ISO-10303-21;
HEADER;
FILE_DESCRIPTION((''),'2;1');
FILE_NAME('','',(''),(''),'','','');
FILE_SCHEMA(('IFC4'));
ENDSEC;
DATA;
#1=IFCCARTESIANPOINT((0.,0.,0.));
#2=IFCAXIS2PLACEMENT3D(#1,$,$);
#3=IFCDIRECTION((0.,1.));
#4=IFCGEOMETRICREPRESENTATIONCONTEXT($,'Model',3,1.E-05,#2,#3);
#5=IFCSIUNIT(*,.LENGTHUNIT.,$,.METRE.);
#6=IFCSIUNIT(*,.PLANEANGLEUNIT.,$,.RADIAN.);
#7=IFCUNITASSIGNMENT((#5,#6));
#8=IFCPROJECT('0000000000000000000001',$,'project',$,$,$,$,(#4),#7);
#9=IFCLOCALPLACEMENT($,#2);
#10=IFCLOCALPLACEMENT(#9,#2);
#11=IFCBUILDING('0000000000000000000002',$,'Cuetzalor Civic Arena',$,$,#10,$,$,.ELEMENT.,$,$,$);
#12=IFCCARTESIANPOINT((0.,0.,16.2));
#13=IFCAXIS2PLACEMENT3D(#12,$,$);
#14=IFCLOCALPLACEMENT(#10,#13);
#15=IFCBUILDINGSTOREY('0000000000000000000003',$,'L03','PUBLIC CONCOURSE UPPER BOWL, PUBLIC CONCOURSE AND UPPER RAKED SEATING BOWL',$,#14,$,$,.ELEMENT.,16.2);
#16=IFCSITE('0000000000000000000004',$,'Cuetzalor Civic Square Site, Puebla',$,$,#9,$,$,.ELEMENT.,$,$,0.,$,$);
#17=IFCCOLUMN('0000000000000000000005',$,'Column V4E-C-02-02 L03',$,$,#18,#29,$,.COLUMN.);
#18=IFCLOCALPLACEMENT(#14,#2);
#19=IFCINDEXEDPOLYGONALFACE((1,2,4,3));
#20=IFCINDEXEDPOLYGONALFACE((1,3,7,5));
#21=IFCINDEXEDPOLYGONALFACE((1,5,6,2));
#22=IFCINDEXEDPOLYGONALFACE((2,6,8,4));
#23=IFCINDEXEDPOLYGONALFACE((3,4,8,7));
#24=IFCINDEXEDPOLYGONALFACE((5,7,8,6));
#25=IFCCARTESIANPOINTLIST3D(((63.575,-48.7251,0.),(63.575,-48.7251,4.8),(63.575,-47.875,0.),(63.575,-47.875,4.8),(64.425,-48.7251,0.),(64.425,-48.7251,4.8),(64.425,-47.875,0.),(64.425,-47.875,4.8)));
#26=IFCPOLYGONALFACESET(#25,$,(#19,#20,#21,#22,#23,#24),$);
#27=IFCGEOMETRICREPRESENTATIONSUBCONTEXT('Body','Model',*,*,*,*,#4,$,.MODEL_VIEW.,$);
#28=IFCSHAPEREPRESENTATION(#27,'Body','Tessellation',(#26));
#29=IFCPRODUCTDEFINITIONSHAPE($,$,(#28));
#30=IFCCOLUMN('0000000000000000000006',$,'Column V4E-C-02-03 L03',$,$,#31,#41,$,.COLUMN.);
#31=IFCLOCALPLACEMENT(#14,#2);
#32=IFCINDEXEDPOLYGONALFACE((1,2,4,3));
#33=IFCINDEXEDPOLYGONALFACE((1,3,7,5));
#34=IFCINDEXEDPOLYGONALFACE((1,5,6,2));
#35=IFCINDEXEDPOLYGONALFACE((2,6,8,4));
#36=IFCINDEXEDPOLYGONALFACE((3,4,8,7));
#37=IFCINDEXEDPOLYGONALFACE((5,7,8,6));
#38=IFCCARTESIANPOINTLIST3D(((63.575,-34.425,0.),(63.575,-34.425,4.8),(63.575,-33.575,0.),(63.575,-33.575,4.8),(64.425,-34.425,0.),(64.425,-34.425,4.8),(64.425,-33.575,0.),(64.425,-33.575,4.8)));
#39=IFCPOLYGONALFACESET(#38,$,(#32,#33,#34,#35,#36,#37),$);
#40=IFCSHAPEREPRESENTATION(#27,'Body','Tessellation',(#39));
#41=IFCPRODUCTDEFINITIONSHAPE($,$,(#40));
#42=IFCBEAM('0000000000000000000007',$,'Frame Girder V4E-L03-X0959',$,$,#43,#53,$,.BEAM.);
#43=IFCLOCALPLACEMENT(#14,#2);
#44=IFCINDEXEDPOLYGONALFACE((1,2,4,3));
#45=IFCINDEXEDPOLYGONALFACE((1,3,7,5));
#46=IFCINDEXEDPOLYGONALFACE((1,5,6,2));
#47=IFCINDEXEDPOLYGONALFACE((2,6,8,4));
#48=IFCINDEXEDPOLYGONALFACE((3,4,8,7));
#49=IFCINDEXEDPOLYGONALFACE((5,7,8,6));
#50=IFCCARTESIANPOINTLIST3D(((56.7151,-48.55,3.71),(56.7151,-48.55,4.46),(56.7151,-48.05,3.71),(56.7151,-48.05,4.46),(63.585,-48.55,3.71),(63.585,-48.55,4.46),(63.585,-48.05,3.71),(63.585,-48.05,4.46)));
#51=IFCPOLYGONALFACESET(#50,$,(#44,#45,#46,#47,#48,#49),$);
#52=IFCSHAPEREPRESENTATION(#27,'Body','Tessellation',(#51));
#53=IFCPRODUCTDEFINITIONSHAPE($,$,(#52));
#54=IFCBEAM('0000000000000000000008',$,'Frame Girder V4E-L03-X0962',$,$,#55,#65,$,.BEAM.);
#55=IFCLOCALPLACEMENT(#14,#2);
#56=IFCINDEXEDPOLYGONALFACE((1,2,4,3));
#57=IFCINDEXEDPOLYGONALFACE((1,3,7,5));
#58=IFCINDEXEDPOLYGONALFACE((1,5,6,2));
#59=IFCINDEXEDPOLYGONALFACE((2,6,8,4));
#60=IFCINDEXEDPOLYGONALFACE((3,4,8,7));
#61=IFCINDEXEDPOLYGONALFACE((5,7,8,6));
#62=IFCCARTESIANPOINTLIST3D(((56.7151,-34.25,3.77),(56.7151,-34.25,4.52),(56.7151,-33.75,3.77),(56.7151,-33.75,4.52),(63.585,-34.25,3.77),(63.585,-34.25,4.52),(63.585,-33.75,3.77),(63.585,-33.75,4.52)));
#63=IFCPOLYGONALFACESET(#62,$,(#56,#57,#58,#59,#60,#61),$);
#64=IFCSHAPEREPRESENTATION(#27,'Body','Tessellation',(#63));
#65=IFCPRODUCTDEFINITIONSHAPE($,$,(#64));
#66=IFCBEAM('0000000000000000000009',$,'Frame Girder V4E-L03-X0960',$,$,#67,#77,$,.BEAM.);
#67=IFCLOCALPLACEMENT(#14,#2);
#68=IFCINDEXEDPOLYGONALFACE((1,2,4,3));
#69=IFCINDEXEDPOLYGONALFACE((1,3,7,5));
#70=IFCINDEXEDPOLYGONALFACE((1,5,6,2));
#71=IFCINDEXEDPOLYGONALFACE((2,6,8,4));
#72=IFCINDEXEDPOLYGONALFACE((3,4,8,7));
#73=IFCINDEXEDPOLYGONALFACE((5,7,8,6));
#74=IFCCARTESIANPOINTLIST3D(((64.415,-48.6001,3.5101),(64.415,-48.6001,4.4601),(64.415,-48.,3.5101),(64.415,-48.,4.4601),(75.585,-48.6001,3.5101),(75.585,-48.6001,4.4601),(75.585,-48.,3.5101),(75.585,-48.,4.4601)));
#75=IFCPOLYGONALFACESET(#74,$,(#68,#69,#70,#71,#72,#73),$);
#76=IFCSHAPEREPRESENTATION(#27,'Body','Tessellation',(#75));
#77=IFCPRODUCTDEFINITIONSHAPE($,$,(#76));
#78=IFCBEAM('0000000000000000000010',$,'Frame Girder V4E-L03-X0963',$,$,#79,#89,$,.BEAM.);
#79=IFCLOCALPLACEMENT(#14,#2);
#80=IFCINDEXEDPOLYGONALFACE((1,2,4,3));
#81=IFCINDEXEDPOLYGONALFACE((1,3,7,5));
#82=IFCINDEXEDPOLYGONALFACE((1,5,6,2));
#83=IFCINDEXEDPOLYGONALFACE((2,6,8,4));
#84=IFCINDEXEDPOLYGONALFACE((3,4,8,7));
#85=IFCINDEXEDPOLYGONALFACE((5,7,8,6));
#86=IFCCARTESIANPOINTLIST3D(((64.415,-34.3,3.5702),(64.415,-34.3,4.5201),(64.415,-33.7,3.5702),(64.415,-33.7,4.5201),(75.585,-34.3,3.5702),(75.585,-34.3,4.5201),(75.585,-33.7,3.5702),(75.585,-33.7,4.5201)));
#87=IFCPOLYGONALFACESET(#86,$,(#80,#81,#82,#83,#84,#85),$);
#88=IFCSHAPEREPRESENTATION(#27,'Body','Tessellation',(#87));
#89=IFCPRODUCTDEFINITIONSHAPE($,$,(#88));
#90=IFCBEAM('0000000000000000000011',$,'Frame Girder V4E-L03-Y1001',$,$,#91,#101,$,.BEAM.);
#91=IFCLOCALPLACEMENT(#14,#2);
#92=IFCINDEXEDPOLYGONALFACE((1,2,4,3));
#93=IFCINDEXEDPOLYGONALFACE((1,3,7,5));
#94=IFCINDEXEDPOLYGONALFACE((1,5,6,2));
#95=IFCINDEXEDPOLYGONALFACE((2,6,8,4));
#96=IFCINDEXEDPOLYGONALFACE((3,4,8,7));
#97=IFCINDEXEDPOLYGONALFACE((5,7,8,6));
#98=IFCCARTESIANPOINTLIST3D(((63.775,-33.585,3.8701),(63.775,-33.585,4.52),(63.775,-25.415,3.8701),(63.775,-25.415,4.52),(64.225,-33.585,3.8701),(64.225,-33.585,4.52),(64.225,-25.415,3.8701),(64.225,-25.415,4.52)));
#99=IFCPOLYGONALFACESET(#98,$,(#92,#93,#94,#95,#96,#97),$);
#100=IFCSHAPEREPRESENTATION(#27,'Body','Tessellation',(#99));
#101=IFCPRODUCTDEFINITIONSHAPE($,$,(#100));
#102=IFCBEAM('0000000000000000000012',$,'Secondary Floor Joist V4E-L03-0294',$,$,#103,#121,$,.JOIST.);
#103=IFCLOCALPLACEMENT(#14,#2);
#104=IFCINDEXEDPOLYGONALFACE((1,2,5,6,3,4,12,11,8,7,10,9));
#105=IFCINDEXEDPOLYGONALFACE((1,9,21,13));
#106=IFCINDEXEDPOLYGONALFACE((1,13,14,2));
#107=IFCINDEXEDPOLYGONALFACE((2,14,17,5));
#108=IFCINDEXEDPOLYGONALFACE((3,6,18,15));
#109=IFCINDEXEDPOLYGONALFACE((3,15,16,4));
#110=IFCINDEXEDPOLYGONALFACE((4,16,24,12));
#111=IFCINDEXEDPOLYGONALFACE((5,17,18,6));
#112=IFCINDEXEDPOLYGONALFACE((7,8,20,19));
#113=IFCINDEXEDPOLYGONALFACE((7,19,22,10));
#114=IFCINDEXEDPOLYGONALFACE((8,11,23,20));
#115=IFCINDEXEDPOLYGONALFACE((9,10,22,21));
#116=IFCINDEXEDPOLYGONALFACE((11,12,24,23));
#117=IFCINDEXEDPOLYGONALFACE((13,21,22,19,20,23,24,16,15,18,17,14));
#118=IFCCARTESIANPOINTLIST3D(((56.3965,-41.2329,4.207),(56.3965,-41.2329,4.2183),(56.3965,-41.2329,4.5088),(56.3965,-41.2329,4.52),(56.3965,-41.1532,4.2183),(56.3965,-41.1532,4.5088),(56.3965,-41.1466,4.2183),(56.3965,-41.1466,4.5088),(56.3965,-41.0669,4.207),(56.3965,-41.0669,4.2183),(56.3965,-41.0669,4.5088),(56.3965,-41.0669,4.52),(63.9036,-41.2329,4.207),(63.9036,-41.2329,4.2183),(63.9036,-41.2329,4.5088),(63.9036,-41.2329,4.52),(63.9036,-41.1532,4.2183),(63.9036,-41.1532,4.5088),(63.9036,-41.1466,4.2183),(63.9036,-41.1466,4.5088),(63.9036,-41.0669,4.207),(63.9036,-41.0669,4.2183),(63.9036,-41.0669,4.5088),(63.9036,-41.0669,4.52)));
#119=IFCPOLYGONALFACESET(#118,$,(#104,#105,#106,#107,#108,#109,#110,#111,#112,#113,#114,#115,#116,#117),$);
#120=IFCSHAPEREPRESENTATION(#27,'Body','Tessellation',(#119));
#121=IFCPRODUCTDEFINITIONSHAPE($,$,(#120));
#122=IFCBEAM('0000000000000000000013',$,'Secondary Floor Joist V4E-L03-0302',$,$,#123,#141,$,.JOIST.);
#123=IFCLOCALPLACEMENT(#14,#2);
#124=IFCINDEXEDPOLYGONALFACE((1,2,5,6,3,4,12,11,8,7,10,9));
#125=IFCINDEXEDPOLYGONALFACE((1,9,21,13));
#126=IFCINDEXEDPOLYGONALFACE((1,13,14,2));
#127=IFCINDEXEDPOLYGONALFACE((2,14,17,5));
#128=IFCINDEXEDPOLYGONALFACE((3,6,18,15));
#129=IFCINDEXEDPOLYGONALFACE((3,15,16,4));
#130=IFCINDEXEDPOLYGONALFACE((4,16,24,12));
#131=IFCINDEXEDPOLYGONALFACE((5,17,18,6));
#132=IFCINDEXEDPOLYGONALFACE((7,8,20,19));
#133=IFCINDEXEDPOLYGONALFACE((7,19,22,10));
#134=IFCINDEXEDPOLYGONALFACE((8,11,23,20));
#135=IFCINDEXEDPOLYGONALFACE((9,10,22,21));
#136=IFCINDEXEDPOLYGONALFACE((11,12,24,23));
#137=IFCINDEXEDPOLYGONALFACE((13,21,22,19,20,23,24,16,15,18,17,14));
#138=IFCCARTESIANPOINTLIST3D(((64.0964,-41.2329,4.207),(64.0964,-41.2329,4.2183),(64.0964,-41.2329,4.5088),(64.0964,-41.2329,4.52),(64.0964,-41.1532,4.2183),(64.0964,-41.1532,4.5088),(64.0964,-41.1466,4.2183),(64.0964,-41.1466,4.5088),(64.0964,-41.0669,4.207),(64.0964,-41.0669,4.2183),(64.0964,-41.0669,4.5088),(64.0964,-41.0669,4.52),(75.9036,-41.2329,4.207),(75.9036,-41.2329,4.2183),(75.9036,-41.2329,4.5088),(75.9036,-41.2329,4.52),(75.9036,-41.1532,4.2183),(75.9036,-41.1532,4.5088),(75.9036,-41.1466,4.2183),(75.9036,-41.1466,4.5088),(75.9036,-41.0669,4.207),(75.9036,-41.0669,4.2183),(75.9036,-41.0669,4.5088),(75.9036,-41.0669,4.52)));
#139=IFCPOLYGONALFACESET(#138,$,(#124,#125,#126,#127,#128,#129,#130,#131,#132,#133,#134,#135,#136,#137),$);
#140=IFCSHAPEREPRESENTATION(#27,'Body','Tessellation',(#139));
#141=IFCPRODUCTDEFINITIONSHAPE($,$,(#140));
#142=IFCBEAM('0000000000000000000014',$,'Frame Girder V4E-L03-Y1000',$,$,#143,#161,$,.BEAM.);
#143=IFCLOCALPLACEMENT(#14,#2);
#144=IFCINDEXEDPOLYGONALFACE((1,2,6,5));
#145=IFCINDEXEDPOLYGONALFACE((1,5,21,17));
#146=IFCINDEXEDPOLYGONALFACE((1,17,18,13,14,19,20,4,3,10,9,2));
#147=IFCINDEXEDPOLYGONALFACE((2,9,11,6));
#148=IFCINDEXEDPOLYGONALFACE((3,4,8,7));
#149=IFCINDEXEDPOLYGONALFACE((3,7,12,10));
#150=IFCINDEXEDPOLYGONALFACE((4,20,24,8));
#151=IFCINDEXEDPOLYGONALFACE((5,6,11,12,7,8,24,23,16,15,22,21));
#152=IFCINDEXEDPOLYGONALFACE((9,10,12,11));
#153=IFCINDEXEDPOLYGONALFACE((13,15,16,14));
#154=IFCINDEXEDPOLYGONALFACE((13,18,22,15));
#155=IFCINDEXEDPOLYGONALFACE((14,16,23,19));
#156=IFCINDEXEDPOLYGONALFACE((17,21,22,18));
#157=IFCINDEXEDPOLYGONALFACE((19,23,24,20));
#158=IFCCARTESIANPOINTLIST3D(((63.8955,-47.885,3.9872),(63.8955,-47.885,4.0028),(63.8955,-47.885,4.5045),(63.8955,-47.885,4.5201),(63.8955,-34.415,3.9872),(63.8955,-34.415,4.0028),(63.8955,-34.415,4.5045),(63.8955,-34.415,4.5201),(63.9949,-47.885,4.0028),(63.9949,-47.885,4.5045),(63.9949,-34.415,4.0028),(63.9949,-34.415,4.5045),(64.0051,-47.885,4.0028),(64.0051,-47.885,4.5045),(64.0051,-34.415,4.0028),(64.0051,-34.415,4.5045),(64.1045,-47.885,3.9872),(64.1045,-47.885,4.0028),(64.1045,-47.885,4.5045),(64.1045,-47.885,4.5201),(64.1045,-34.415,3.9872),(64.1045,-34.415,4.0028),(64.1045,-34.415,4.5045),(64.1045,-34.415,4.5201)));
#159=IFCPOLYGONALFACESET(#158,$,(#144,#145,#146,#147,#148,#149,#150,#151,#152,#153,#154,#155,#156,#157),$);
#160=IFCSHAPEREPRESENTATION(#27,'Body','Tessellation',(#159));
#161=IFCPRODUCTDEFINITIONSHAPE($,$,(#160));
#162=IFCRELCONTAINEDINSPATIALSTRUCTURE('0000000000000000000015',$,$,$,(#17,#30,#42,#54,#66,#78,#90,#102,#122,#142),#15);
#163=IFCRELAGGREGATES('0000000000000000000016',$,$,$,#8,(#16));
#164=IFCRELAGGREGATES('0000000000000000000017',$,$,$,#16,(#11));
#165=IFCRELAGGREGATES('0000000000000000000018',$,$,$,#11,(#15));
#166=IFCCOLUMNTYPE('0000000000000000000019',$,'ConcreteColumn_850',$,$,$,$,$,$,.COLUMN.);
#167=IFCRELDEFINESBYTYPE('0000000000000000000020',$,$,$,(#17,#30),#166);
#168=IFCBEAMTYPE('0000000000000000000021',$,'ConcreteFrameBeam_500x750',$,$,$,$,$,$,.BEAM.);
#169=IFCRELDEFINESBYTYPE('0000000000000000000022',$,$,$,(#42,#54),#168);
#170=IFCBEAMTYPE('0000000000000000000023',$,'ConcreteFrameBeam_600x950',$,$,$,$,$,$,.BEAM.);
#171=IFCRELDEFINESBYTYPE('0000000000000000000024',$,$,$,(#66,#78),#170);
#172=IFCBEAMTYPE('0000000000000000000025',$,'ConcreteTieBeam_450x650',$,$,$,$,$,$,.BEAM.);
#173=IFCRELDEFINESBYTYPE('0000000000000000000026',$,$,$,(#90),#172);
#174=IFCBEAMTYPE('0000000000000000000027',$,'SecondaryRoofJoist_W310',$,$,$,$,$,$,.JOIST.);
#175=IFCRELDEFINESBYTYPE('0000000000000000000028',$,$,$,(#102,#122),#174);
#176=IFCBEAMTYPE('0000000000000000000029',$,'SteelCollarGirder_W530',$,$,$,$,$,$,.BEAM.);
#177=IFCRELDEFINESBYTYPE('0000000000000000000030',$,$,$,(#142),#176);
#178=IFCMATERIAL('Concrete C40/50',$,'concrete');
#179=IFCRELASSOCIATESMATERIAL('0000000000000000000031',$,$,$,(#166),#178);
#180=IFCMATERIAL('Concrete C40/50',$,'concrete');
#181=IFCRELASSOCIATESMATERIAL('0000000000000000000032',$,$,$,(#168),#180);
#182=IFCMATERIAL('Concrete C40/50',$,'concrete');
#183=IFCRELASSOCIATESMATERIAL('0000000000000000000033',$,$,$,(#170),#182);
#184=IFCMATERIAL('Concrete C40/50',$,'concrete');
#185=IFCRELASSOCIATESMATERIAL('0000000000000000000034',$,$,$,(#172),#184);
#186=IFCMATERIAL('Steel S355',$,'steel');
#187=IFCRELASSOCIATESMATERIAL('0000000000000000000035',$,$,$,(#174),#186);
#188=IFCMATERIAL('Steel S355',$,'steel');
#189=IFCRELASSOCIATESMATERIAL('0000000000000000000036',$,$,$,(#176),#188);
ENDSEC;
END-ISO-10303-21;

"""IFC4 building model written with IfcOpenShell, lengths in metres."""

from ifc_helpers import new_model, si_unit, direction, frame, origin, origin_2d, place, context, subcontext, project, spatial, rectangle, i_section, extrude, material, material_profile, profile_set, type_object, element, save


model = new_model("IFC4")

# Units and contexts
model_context = context("Model", 3, precision=1e-05, world=origin(), true_north=direction((0.0, 1.0)))
body_context = subcontext(model_context, "Body", "Model", "MODEL_VIEW")
ifc_project = project(units=[si_unit("LENGTHUNIT", "METRE"), si_unit("PLANEANGLEUNIT", "RADIAN")], contexts=[model_context])

# Site, building, storey
site_placement = place(None, origin())
site = spatial("IfcSite", under=ifc_project, at=site_placement, Name="Cuetzalor Civic Square Site, Puebla", CompositionType="ELEMENT", RefElevation=0.0)
building_placement = place(site_placement, origin())
building = spatial("IfcBuilding", under=site, at=building_placement, Name="Cuetzalor Civic Arena", CompositionType="ELEMENT")
storey_placement = place(building_placement, frame((0.0, 0.0, 16.2)))
storey = spatial("IfcBuildingStorey", under=building, at=storey_placement, Name="L03", Description="PUBLIC CONCOURSE UPPER BOWL, PUBLIC CONCOURSE AND UPPER RAKED SEATING BOWL", CompositionType="ELEMENT", Elevation=16.2)

# Columns
ifc_material_1 = material(Name="Concrete C40/50", Category="concrete")
ifc_material_profile_1 = material_profile(ifc_material_1, rectangle(XDim=0.8501, YDim=0.8501, at=origin_2d()), Name="RC 850x850")
ifc_profile_set_1 = profile_set([ifc_material_profile_1], Name="Concrete C40/50")
column_type = type_object("IfcColumnType", Name="ConcreteColumn_850", PredefinedType="COLUMN", material=ifc_profile_set_1)
for number, where, z_axis, x_axis, name in (
    (1, (64.0, -48.3, 0.0), (0.0, 0.0, 1.0), (1.0, 0.0, 0.0), "Column V4E-C-02-02 L03"),
    (2, (64.0, -34.0, 0.0), (0.0, 0.0, 1.0), (1.0, 0.0, 0.0), "Column V4E-C-02-03 L03"),
):
    element("IfcColumn", number, at=place(storey_placement, frame(where, z_axis=z_axis, x_axis=x_axis)), inside=storey, type_object=column_type, Name=name, PredefinedType="COLUMN", context=body_context, shape_type="SweptSolid", body=[
        extrude(rectangle(XDim=0.8501, YDim=0.8501, at=origin_2d()), origin(), (0.0, 0.0, 1.0), 4.8),
    ])

# Beams
ifc_material_2 = material(Name="Concrete C40/50", Category="concrete")
ifc_material_profile_2 = material_profile(ifc_material_2, rectangle(XDim=0.5, YDim=0.75, at=origin_2d()), Name="RC 500x750")
ifc_profile_set_2 = profile_set([ifc_material_profile_2], Name="Concrete C40/50")
beam_type_1 = type_object("IfcBeamType", Name="ConcreteFrameBeam_500x750", PredefinedType="BEAM", material=ifc_profile_set_2)
for number, where, z_axis, x_axis, name in (
    (3, (56.7151, -48.3, 4.085), (1.0, 0.0, 0.0), (0.0, 1.0, 0.0), "Frame Girder V4E-L03-X0959"),
    (4, (56.7151, -34.0, 4.145), (1.0, 0.0, 0.0), (0.0, 1.0, 0.0), "Frame Girder V4E-L03-X0962"),
):
    element("IfcBeam", number, at=place(storey_placement, frame(where, z_axis=z_axis, x_axis=x_axis)), inside=storey, type_object=beam_type_1, Name=name, PredefinedType="BEAM", context=body_context, shape_type="SweptSolid", body=[
        extrude(rectangle(XDim=0.5, YDim=0.75, at=origin_2d()), origin(), (0.0, 0.0, 1.0), 6.8699),
    ])
ifc_material_3 = material(Name="Concrete C40/50", Category="concrete")
ifc_material_profile_3 = material_profile(ifc_material_3, rectangle(XDim=0.6001, YDim=0.95, at=origin_2d()), Name="RC 600x950")
ifc_profile_set_3 = profile_set([ifc_material_profile_3], Name="Concrete C40/50")
beam_type_2 = type_object("IfcBeamType", Name="ConcreteFrameBeam_600x950", PredefinedType="BEAM", material=ifc_profile_set_3)
for number, where, z_axis, x_axis, name in (
    (5, (64.415, -48.3, 3.9851), (1.0, 0.0, 0.0), (0.0, 1.0, 0.0), "Frame Girder V4E-L03-X0960"),
    (6, (64.415, -34.0, 4.0452), (1.0, 0.0, 0.0), (0.0, 1.0, 0.0), "Frame Girder V4E-L03-X0963"),
):
    element("IfcBeam", number, at=place(storey_placement, frame(where, z_axis=z_axis, x_axis=x_axis)), inside=storey, type_object=beam_type_2, Name=name, PredefinedType="BEAM", context=body_context, shape_type="SweptSolid", body=[
        extrude(rectangle(XDim=0.6001, YDim=0.95, at=origin_2d()), origin(), (0.0, 0.0, 1.0), 11.1699),
    ])
ifc_material_4 = material(Name="Concrete C40/50", Category="concrete")
ifc_material_profile_4 = material_profile(ifc_material_4, rectangle(XDim=0.45, YDim=0.6499, at=origin_2d()), Name="RC 450x650")
ifc_profile_set_4 = profile_set([ifc_material_profile_4], Name="Concrete C40/50")
beam_type_3 = type_object("IfcBeamType", Name="ConcreteTieBeam_450x650", PredefinedType="BEAM", material=ifc_profile_set_4)
beam_1_placement = place(storey_placement, frame((64.0, -33.585, 4.1951), z_axis=(0.0, 1.0, 0.0), x_axis=(-1.0, 0.0, 0.0)))
element("IfcBeam", 7, at=beam_1_placement, inside=storey, type_object=beam_type_3, Name="Frame Girder V4E-L03-Y1001", PredefinedType="BEAM", context=body_context, shape_type="SweptSolid", body=[
    extrude(rectangle(XDim=0.45, YDim=0.6499, at=origin_2d()), origin(), (0.0, 0.0, 1.0), 8.1699),
])
ifc_material_5 = material(Name="Steel S355", Category="steel")
ifc_material_profile_5 = material_profile(ifc_material_5, i_section(OverallWidth=0.166, OverallDepth=0.313, WebThickness=0.0066, FlangeThickness=0.0112, at=origin_2d()), Name="W310x45")
ifc_profile_set_5 = profile_set([ifc_material_profile_5], Name="Steel S355")
beam_type_4 = type_object("IfcBeamType", Name="SecondaryRoofJoist_W310", PredefinedType="JOIST", material=ifc_profile_set_5)
beam_2_placement = place(storey_placement, frame((56.3965, -41.1499, 4.3635), z_axis=(1.0, 0.0, 0.0), x_axis=(0.0, 1.0, 0.0)))
element("IfcBeam", 8, at=beam_2_placement, inside=storey, type_object=beam_type_4, Name="Secondary Floor Joist V4E-L03-0294", PredefinedType="JOIST", context=body_context, shape_type="SweptSolid", body=[
    extrude(i_section(OverallWidth=0.166, OverallDepth=0.313, WebThickness=0.0066, FlangeThickness=0.0112, at=origin_2d()), origin(), (0.0, 0.0, 1.0), 7.5071),
])
beam_3_placement = place(storey_placement, frame((64.0964, -41.1499, 4.3635), z_axis=(1.0, 0.0, 0.0), x_axis=(0.0, 1.0, 0.0)))
element("IfcBeam", 9, at=beam_3_placement, inside=storey, type_object=beam_type_4, Name="Secondary Floor Joist V4E-L03-0302", PredefinedType="JOIST", context=body_context, shape_type="SweptSolid", body=[
    extrude(i_section(OverallWidth=0.166, OverallDepth=0.313, WebThickness=0.0066, FlangeThickness=0.0112, at=origin_2d()), origin(), (0.0, 0.0, 1.0), 11.8071),
])
ifc_material_6 = material(Name="Steel S355", Category="steel")
ifc_material_profile_6 = material_profile(ifc_material_6, i_section(OverallWidth=0.209, OverallDepth=0.533, WebThickness=0.0103, FlangeThickness=0.0156, at=origin_2d()), Name="W530x92")
ifc_profile_set_6 = profile_set([ifc_material_profile_6], Name="Steel S355")
beam_type_5 = type_object("IfcBeamType", Name="SteelCollarGirder_W530", PredefinedType="BEAM", material=ifc_profile_set_6)
beam_4_placement = place(storey_placement, frame((64.0, -47.885, 4.2537), z_axis=(0.0, 1.0, 0.0), x_axis=(-1.0, 0.0, 0.0)))
element("IfcBeam", 10, at=beam_4_placement, inside=storey, type_object=beam_type_5, Name="Frame Girder V4E-L03-Y1000", PredefinedType="BEAM", context=body_context, shape_type="SweptSolid", body=[
    extrude(i_section(OverallWidth=0.209, OverallDepth=0.533, WebThickness=0.0103, FlangeThickness=0.0156, at=origin_2d()), origin(), (0.0, 0.0, 1.0), 13.47),
])

save(model, "model.ifc")
